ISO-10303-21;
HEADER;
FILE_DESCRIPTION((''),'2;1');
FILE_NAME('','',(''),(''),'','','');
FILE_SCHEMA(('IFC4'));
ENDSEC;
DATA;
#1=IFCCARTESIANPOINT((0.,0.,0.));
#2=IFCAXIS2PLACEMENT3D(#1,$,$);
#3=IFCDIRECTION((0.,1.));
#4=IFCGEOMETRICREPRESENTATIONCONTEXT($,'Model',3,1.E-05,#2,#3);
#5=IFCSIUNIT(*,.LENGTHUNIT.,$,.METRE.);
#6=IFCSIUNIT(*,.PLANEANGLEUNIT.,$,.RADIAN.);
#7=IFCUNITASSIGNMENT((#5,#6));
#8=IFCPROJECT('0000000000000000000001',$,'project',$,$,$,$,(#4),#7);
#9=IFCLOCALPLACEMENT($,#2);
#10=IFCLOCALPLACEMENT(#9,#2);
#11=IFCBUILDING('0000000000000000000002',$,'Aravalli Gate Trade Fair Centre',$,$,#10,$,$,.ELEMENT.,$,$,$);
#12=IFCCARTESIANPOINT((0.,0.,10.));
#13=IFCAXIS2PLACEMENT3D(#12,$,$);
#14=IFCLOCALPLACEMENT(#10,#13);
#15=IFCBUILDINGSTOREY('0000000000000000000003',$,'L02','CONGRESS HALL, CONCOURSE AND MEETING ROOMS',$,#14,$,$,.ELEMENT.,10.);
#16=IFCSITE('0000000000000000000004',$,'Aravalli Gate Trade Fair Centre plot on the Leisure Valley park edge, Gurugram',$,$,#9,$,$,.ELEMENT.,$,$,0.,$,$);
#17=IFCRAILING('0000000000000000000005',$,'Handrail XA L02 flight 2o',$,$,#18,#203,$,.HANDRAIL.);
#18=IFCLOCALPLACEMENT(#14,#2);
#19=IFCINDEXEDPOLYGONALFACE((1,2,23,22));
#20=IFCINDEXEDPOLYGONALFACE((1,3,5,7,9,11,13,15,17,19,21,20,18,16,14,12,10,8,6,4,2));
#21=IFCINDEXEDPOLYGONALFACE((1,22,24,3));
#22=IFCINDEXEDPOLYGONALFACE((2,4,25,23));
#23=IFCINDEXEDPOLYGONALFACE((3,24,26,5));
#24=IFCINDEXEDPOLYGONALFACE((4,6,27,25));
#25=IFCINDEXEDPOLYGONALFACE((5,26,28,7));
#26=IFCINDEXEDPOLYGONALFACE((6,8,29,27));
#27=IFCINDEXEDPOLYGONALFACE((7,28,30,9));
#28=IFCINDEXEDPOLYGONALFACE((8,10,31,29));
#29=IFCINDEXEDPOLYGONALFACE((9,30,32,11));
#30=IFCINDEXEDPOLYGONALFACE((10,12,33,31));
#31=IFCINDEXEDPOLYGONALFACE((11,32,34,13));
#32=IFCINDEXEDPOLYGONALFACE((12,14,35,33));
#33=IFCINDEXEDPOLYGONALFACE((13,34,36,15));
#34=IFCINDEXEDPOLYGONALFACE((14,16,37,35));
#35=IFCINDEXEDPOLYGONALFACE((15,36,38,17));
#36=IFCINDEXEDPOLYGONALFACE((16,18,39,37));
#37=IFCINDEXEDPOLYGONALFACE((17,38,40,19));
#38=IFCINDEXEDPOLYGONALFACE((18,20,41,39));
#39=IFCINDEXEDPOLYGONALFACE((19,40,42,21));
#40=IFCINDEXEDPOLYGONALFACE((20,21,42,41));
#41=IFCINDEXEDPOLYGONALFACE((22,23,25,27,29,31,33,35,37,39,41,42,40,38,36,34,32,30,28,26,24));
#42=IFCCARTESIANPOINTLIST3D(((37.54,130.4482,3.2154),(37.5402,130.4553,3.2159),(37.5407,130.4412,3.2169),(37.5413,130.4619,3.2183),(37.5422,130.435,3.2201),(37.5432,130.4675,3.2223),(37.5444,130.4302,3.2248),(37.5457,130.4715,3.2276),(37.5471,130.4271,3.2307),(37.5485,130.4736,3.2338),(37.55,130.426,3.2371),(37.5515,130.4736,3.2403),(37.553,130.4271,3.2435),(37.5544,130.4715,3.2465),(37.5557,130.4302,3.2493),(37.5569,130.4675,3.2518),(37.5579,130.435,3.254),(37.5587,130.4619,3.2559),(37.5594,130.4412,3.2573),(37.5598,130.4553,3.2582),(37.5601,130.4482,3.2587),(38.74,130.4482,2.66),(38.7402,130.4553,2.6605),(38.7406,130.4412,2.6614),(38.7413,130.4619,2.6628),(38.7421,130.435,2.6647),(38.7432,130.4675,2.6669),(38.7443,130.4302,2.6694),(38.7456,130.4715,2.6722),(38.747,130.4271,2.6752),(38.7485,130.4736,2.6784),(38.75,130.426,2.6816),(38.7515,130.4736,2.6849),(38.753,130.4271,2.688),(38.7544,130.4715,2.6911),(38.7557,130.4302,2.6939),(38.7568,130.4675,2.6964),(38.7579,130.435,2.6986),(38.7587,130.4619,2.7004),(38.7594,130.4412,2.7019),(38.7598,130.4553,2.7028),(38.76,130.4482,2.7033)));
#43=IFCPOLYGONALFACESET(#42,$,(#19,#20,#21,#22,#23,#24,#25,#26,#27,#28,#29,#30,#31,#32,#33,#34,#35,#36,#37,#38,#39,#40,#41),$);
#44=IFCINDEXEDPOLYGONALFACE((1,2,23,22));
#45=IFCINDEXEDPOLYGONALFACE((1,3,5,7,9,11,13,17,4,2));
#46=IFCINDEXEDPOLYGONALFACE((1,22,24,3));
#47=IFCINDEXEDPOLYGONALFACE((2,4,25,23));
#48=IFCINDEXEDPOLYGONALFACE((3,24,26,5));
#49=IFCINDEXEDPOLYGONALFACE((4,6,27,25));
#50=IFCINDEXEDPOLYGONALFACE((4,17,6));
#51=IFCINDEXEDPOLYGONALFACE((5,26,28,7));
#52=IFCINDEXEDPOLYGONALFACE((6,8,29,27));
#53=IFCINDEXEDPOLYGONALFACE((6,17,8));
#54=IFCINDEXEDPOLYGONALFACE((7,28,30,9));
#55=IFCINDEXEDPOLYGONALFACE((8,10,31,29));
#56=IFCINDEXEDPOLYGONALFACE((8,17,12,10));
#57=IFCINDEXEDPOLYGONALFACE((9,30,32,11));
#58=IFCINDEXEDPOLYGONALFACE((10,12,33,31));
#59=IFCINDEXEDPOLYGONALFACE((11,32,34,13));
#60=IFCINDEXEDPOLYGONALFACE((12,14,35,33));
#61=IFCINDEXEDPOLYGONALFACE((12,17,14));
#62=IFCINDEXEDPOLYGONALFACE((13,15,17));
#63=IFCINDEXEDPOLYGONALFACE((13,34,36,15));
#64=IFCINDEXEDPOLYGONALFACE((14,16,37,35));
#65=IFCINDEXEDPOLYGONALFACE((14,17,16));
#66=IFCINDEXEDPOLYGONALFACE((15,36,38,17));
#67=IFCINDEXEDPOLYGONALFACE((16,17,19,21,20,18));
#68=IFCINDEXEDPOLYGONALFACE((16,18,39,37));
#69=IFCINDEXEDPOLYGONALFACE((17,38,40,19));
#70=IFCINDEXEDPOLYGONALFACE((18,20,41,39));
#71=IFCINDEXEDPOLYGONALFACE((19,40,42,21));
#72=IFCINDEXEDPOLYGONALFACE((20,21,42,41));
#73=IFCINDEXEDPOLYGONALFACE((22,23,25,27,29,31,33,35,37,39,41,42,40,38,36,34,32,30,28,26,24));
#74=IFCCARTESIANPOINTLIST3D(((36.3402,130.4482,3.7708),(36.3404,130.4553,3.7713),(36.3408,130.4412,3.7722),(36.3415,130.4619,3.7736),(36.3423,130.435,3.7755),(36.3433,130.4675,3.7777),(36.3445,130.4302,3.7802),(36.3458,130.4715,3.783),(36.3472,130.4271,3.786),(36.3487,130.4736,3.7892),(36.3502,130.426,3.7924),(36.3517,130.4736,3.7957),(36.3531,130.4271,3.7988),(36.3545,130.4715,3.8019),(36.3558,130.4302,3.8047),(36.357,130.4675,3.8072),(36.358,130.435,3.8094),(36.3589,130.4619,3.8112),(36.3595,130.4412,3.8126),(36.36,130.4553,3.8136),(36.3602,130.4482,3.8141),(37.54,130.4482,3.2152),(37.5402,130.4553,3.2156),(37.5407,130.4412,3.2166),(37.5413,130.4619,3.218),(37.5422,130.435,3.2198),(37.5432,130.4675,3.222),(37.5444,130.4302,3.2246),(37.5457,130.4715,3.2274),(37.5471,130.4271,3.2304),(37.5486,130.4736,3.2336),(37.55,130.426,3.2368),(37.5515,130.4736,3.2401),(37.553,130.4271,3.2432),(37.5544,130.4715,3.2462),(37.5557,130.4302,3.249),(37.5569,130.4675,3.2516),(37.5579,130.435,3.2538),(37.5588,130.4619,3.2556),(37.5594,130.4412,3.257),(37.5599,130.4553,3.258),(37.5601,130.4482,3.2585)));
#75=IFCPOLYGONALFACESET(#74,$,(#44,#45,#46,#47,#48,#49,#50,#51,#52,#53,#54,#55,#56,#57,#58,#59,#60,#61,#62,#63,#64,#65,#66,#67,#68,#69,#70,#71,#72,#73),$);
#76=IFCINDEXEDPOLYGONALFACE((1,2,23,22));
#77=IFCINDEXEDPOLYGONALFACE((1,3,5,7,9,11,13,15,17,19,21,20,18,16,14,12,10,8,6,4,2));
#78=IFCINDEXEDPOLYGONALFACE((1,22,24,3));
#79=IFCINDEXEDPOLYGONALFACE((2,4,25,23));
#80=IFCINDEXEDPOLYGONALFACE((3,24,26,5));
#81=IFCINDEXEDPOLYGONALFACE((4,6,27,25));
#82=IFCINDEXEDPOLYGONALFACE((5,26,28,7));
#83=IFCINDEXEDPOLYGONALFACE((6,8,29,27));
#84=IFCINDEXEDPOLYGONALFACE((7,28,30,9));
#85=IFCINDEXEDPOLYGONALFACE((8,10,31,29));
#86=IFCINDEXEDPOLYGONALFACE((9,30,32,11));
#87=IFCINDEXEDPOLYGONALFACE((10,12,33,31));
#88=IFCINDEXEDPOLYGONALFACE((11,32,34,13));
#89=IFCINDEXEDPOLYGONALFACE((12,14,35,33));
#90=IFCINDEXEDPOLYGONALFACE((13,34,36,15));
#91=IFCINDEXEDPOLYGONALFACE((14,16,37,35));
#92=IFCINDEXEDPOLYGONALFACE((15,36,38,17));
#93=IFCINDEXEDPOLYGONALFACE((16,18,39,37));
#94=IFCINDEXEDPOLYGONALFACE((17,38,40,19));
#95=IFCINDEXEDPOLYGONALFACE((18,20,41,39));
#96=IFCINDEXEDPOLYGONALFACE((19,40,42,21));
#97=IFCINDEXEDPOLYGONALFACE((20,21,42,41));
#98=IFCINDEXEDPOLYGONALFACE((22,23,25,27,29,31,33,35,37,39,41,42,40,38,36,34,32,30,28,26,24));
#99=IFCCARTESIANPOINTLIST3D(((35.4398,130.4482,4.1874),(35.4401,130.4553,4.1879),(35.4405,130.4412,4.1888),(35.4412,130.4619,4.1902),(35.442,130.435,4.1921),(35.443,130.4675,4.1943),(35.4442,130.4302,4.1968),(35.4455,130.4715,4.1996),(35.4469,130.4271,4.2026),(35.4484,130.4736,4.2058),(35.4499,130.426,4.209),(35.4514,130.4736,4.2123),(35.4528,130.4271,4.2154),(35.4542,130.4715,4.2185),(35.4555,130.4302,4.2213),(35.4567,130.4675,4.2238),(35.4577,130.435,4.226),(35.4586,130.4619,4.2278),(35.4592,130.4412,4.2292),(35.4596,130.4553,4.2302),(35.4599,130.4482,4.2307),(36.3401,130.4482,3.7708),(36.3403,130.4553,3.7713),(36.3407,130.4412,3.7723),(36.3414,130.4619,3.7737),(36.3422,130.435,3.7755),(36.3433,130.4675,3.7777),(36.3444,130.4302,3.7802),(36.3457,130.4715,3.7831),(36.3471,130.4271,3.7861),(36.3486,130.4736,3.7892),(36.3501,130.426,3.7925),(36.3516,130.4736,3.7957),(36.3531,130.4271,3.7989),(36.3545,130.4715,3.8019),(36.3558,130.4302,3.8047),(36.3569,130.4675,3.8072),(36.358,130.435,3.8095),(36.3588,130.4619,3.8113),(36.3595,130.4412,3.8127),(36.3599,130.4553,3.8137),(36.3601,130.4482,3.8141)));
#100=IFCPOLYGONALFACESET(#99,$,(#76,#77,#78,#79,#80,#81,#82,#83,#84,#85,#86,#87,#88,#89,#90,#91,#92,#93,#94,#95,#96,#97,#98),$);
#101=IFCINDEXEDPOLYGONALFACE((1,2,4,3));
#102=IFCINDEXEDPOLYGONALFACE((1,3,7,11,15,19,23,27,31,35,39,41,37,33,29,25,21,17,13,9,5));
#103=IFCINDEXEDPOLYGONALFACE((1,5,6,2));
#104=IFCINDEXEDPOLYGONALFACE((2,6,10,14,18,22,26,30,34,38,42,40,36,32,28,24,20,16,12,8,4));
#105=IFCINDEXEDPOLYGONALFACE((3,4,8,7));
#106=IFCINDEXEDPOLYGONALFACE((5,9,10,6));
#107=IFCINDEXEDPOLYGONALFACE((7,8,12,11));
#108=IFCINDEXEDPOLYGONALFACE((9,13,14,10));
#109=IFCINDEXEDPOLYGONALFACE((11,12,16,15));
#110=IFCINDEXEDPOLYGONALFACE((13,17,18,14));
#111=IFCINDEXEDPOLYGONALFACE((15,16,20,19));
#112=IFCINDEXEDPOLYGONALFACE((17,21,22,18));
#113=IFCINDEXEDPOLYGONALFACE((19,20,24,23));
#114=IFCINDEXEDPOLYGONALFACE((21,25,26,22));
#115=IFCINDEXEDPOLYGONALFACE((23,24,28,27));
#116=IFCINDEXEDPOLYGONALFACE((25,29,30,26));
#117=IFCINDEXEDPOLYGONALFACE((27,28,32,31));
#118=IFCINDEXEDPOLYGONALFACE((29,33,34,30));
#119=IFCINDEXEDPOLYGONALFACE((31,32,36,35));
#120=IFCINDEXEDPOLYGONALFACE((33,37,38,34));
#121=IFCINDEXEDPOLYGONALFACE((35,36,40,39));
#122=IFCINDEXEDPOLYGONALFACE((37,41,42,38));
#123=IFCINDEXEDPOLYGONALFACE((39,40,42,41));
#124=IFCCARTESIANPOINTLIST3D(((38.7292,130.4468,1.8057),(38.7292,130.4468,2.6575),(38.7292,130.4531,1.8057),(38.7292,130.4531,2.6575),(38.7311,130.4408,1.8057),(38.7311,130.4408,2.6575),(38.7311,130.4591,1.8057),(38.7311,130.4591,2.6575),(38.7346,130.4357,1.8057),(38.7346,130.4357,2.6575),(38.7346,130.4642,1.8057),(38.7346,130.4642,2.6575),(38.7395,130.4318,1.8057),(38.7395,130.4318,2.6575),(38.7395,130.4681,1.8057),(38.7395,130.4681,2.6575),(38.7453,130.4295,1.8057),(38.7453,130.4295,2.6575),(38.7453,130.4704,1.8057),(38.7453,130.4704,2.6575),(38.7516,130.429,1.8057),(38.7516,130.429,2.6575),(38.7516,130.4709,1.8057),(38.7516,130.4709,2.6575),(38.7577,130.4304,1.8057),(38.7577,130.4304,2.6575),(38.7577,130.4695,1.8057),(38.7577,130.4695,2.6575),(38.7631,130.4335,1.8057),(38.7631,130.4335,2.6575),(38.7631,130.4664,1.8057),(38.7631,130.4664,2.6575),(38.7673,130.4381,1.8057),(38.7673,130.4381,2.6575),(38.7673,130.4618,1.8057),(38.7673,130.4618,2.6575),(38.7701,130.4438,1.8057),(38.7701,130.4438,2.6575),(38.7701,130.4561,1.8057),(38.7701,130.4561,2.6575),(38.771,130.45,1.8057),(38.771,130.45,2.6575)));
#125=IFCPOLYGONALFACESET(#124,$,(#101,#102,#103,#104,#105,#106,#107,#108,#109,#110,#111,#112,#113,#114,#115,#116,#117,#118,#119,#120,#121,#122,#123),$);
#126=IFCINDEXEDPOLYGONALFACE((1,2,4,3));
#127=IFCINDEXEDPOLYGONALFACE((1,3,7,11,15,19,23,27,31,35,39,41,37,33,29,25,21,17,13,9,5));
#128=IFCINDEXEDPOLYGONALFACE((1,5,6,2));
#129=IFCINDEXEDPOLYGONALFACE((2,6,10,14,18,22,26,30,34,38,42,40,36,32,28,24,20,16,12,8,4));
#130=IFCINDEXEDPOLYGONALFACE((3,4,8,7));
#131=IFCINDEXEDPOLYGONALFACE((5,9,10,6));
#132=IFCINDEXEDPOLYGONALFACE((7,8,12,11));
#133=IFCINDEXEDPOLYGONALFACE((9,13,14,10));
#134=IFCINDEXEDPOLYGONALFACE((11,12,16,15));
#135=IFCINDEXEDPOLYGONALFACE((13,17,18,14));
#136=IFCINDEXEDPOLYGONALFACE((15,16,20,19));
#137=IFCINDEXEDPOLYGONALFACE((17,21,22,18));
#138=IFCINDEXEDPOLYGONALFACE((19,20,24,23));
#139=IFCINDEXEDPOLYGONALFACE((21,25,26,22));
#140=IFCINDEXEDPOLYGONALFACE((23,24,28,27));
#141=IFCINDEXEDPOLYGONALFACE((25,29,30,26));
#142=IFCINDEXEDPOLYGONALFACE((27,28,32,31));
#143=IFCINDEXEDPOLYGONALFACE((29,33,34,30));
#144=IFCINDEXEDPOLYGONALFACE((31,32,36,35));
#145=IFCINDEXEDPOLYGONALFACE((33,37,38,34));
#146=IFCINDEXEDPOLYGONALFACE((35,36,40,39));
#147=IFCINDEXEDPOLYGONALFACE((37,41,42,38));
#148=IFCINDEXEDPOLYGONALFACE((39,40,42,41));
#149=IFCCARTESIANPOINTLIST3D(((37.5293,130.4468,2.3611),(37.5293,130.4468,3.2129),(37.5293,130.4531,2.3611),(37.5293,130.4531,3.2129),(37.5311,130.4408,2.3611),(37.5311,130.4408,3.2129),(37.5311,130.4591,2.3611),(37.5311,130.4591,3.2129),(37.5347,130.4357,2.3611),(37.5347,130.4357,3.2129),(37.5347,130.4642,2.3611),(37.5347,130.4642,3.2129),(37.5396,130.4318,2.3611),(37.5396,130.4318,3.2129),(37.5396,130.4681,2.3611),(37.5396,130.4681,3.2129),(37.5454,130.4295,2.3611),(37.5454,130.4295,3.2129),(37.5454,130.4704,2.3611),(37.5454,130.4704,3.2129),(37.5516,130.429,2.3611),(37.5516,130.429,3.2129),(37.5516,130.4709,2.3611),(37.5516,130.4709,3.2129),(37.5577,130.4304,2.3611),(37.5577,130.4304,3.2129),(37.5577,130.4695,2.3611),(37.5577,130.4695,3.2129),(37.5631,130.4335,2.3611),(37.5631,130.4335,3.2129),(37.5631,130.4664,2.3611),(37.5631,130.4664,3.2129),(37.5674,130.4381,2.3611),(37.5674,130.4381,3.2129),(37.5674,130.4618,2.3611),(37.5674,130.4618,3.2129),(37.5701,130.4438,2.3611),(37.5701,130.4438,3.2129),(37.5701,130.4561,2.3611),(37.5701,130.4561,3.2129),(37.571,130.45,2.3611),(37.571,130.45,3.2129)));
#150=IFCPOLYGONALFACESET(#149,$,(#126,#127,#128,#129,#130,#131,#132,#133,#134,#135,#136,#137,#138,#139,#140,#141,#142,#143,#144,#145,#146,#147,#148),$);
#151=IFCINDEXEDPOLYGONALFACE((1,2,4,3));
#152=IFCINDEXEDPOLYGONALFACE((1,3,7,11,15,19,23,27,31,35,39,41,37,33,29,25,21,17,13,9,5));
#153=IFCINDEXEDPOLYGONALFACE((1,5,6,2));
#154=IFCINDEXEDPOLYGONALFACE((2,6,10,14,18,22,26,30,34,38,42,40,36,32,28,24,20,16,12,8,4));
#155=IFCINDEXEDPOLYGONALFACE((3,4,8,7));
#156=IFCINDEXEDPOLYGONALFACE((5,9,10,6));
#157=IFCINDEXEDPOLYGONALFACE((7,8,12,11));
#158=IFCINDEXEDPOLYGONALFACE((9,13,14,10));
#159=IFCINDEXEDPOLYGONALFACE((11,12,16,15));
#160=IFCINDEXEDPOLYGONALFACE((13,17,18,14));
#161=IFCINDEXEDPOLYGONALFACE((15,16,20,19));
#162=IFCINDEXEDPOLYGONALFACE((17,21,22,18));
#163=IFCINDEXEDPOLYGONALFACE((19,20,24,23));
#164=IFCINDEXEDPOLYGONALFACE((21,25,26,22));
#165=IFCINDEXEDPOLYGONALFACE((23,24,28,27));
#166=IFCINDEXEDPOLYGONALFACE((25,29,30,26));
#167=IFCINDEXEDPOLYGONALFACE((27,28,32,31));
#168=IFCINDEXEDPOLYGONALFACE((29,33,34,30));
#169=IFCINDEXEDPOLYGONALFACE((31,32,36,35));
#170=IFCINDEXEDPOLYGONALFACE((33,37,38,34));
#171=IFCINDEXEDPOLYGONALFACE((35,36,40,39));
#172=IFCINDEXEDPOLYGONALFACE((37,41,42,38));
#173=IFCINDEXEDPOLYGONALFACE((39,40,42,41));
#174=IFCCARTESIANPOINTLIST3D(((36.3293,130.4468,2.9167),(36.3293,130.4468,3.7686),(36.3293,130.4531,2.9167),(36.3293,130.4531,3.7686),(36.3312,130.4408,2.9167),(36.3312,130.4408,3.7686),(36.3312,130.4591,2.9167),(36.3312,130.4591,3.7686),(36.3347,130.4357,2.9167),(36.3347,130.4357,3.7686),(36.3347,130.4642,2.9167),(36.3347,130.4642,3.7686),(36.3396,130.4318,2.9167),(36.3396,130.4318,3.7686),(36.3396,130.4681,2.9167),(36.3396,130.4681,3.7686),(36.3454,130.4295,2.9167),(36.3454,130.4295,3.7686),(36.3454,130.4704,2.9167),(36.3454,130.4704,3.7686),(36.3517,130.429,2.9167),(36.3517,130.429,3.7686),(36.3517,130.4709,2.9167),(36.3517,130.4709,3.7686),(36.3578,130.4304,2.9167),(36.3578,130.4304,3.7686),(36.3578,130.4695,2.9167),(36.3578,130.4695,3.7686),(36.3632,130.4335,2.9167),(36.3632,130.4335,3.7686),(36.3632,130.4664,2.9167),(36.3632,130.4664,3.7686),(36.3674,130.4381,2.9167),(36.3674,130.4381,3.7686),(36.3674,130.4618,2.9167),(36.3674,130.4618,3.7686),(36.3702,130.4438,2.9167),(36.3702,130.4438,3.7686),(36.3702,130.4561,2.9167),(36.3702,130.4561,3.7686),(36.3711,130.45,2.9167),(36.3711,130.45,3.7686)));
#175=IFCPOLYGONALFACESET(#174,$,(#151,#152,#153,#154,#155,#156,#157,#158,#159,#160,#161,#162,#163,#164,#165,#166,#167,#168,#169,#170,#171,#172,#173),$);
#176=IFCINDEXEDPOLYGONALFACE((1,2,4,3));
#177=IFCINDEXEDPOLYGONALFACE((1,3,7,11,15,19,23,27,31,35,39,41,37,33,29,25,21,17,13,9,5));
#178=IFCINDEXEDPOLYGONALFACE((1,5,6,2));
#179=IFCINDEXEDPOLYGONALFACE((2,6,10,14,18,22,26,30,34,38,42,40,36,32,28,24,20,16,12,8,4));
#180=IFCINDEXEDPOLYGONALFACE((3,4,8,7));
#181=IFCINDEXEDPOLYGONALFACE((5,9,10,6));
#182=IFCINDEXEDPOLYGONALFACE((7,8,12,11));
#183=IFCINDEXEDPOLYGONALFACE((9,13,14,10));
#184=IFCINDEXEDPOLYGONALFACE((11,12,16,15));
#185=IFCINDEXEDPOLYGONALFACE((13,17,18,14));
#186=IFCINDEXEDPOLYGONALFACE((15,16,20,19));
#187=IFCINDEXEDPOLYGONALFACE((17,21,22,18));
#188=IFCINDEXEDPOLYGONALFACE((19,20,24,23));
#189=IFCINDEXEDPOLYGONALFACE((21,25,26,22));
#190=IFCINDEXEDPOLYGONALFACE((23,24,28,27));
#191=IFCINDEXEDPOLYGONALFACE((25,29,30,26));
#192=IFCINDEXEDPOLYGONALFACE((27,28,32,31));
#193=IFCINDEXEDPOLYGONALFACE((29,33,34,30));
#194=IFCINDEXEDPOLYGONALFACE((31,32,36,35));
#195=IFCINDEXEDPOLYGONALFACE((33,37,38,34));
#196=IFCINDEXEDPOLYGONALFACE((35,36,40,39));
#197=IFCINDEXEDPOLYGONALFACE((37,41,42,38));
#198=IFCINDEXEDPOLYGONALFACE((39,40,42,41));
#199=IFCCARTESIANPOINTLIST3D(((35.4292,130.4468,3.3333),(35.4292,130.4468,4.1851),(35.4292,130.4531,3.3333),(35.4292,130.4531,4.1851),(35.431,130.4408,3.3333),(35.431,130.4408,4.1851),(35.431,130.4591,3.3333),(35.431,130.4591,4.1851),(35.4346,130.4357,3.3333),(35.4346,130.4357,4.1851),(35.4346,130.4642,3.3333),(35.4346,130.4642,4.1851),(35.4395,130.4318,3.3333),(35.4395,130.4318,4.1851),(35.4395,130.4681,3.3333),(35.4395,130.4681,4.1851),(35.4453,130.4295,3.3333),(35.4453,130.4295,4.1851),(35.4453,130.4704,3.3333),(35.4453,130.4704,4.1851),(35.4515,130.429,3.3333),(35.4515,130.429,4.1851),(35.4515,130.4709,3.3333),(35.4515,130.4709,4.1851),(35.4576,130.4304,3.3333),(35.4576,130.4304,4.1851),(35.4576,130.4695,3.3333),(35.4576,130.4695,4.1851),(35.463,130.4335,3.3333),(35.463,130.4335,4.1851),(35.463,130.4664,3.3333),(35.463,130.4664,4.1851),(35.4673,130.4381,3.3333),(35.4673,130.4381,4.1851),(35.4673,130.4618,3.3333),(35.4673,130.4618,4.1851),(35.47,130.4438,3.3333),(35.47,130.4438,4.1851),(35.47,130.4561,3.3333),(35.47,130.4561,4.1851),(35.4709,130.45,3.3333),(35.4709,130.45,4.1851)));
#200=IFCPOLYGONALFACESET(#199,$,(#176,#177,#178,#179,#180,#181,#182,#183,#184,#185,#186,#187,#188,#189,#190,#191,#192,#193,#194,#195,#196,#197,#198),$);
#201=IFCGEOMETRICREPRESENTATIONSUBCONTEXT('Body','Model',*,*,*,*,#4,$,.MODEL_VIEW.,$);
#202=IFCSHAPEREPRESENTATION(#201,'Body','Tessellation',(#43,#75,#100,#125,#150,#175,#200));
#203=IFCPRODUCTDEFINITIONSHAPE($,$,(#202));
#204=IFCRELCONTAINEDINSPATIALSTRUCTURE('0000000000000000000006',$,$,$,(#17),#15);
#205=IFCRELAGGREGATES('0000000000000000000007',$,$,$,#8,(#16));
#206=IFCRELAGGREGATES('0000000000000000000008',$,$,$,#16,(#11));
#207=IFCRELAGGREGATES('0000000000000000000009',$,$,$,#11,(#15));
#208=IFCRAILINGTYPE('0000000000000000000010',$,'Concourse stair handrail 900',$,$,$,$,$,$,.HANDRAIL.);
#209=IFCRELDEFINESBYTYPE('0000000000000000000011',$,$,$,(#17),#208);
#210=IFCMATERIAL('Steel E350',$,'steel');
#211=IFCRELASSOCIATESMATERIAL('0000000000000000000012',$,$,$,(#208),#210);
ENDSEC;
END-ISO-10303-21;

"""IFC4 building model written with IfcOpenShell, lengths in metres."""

from ifc_helpers import new_model, si_unit, direction, frame, origin, origin_2d, place, context, subcontext, project, spatial, circle, extrude, material, type_object, element, save


model = new_model("IFC4")

# Units and contexts
model_context = context("Model", 3, precision=1e-05, world=origin(), true_north=direction((0.0, 1.0)))
body_context = subcontext(model_context, "Body", "Model", "MODEL_VIEW")
ifc_project = project(units=[si_unit("LENGTHUNIT", "METRE"), si_unit("PLANEANGLEUNIT", "RADIAN")], contexts=[model_context])

# Site, building, storey
site_placement = place(None, origin())
site = spatial("IfcSite", under=ifc_project, at=site_placement, Name="Aravalli Gate Trade Fair Centre plot on the Leisure Valley park edge, Gurugram", CompositionType="ELEMENT", RefElevation=0.0)
building_placement = place(site_placement, origin())
building = spatial("IfcBuilding", under=site, at=building_placement, Name="Aravalli Gate Trade Fair Centre", CompositionType="ELEMENT")
storey_placement = place(building_placement, frame((0.0, 0.0, 10.0)))
storey = spatial("IfcBuildingStorey", under=building, at=storey_placement, Name="L02", Description="CONGRESS HALL, CONCOURSE AND MEETING ROOMS", CompositionType="ELEMENT", Elevation=10.0)

# Shared definitions
ifc_material_1 = material(Name="Steel E350", Category="steel")

# Railing
railing_type_1 = type_object("IfcRailingType", Name="Concourse stair handrail 900", PredefinedType="HANDRAIL", material=ifc_material_1)
for number, where, name in (
    (1, (38.75, 130.45, 1.8057), "Handrail XA L02 flight 2o"),
):
    element("IfcRailing", number, at=place(storey_placement, frame(where)), inside=storey, type_object=railing_type_1, Name=name, PredefinedType="HANDRAIL", context=body_context, shape_type="SweptSolid", body=[
        extrude(circle(Radius=0.0239, at=origin_2d()), frame((0.0, 0.0, 0.876), z_axis=(-0.907499, 0.0, 0.420053), x_axis=(0.0, -1.0, 0.0)), (0.0, 0.0, 1.0), 1.3223),
        extrude(circle(Radius=0.0239, at=origin_2d()), frame((-1.2, 0.0, 1.4312), z_axis=(-0.907429, 0.0, 0.420205), x_axis=(0.0, -1.0, 0.0)), (0.0, 0.0, 1.0), 1.3223),
        extrude(circle(Radius=0.0239, at=origin_2d()), frame((-2.3999, 0.0, 1.9868), z_axis=(-0.907556, 0.0, 0.419932), x_axis=(0.0, -1.0, 0.0)), (0.0, 0.0, 1.0), 0.9919),
        extrude(circle(Radius=0.021, at=origin_2d()), origin(), (0.0, 0.0, 1.0), 0.8518),
        extrude(circle(Radius=0.021, at=origin_2d()), frame((-1.2, 0.0, 0.5554)), (0.0, 0.0, 1.0), 0.8518),
        extrude(circle(Radius=0.021, at=origin_2d()), frame((-2.3999, 0.0, 1.1111)), (0.0, 0.0, 1.0), 0.8518),
        extrude(circle(Radius=0.021, at=origin_2d()), frame((-3.3, 0.0, 1.5276)), (0.0, 0.0, 1.0), 0.8518),
    ])

save(model, "model.ifc")
